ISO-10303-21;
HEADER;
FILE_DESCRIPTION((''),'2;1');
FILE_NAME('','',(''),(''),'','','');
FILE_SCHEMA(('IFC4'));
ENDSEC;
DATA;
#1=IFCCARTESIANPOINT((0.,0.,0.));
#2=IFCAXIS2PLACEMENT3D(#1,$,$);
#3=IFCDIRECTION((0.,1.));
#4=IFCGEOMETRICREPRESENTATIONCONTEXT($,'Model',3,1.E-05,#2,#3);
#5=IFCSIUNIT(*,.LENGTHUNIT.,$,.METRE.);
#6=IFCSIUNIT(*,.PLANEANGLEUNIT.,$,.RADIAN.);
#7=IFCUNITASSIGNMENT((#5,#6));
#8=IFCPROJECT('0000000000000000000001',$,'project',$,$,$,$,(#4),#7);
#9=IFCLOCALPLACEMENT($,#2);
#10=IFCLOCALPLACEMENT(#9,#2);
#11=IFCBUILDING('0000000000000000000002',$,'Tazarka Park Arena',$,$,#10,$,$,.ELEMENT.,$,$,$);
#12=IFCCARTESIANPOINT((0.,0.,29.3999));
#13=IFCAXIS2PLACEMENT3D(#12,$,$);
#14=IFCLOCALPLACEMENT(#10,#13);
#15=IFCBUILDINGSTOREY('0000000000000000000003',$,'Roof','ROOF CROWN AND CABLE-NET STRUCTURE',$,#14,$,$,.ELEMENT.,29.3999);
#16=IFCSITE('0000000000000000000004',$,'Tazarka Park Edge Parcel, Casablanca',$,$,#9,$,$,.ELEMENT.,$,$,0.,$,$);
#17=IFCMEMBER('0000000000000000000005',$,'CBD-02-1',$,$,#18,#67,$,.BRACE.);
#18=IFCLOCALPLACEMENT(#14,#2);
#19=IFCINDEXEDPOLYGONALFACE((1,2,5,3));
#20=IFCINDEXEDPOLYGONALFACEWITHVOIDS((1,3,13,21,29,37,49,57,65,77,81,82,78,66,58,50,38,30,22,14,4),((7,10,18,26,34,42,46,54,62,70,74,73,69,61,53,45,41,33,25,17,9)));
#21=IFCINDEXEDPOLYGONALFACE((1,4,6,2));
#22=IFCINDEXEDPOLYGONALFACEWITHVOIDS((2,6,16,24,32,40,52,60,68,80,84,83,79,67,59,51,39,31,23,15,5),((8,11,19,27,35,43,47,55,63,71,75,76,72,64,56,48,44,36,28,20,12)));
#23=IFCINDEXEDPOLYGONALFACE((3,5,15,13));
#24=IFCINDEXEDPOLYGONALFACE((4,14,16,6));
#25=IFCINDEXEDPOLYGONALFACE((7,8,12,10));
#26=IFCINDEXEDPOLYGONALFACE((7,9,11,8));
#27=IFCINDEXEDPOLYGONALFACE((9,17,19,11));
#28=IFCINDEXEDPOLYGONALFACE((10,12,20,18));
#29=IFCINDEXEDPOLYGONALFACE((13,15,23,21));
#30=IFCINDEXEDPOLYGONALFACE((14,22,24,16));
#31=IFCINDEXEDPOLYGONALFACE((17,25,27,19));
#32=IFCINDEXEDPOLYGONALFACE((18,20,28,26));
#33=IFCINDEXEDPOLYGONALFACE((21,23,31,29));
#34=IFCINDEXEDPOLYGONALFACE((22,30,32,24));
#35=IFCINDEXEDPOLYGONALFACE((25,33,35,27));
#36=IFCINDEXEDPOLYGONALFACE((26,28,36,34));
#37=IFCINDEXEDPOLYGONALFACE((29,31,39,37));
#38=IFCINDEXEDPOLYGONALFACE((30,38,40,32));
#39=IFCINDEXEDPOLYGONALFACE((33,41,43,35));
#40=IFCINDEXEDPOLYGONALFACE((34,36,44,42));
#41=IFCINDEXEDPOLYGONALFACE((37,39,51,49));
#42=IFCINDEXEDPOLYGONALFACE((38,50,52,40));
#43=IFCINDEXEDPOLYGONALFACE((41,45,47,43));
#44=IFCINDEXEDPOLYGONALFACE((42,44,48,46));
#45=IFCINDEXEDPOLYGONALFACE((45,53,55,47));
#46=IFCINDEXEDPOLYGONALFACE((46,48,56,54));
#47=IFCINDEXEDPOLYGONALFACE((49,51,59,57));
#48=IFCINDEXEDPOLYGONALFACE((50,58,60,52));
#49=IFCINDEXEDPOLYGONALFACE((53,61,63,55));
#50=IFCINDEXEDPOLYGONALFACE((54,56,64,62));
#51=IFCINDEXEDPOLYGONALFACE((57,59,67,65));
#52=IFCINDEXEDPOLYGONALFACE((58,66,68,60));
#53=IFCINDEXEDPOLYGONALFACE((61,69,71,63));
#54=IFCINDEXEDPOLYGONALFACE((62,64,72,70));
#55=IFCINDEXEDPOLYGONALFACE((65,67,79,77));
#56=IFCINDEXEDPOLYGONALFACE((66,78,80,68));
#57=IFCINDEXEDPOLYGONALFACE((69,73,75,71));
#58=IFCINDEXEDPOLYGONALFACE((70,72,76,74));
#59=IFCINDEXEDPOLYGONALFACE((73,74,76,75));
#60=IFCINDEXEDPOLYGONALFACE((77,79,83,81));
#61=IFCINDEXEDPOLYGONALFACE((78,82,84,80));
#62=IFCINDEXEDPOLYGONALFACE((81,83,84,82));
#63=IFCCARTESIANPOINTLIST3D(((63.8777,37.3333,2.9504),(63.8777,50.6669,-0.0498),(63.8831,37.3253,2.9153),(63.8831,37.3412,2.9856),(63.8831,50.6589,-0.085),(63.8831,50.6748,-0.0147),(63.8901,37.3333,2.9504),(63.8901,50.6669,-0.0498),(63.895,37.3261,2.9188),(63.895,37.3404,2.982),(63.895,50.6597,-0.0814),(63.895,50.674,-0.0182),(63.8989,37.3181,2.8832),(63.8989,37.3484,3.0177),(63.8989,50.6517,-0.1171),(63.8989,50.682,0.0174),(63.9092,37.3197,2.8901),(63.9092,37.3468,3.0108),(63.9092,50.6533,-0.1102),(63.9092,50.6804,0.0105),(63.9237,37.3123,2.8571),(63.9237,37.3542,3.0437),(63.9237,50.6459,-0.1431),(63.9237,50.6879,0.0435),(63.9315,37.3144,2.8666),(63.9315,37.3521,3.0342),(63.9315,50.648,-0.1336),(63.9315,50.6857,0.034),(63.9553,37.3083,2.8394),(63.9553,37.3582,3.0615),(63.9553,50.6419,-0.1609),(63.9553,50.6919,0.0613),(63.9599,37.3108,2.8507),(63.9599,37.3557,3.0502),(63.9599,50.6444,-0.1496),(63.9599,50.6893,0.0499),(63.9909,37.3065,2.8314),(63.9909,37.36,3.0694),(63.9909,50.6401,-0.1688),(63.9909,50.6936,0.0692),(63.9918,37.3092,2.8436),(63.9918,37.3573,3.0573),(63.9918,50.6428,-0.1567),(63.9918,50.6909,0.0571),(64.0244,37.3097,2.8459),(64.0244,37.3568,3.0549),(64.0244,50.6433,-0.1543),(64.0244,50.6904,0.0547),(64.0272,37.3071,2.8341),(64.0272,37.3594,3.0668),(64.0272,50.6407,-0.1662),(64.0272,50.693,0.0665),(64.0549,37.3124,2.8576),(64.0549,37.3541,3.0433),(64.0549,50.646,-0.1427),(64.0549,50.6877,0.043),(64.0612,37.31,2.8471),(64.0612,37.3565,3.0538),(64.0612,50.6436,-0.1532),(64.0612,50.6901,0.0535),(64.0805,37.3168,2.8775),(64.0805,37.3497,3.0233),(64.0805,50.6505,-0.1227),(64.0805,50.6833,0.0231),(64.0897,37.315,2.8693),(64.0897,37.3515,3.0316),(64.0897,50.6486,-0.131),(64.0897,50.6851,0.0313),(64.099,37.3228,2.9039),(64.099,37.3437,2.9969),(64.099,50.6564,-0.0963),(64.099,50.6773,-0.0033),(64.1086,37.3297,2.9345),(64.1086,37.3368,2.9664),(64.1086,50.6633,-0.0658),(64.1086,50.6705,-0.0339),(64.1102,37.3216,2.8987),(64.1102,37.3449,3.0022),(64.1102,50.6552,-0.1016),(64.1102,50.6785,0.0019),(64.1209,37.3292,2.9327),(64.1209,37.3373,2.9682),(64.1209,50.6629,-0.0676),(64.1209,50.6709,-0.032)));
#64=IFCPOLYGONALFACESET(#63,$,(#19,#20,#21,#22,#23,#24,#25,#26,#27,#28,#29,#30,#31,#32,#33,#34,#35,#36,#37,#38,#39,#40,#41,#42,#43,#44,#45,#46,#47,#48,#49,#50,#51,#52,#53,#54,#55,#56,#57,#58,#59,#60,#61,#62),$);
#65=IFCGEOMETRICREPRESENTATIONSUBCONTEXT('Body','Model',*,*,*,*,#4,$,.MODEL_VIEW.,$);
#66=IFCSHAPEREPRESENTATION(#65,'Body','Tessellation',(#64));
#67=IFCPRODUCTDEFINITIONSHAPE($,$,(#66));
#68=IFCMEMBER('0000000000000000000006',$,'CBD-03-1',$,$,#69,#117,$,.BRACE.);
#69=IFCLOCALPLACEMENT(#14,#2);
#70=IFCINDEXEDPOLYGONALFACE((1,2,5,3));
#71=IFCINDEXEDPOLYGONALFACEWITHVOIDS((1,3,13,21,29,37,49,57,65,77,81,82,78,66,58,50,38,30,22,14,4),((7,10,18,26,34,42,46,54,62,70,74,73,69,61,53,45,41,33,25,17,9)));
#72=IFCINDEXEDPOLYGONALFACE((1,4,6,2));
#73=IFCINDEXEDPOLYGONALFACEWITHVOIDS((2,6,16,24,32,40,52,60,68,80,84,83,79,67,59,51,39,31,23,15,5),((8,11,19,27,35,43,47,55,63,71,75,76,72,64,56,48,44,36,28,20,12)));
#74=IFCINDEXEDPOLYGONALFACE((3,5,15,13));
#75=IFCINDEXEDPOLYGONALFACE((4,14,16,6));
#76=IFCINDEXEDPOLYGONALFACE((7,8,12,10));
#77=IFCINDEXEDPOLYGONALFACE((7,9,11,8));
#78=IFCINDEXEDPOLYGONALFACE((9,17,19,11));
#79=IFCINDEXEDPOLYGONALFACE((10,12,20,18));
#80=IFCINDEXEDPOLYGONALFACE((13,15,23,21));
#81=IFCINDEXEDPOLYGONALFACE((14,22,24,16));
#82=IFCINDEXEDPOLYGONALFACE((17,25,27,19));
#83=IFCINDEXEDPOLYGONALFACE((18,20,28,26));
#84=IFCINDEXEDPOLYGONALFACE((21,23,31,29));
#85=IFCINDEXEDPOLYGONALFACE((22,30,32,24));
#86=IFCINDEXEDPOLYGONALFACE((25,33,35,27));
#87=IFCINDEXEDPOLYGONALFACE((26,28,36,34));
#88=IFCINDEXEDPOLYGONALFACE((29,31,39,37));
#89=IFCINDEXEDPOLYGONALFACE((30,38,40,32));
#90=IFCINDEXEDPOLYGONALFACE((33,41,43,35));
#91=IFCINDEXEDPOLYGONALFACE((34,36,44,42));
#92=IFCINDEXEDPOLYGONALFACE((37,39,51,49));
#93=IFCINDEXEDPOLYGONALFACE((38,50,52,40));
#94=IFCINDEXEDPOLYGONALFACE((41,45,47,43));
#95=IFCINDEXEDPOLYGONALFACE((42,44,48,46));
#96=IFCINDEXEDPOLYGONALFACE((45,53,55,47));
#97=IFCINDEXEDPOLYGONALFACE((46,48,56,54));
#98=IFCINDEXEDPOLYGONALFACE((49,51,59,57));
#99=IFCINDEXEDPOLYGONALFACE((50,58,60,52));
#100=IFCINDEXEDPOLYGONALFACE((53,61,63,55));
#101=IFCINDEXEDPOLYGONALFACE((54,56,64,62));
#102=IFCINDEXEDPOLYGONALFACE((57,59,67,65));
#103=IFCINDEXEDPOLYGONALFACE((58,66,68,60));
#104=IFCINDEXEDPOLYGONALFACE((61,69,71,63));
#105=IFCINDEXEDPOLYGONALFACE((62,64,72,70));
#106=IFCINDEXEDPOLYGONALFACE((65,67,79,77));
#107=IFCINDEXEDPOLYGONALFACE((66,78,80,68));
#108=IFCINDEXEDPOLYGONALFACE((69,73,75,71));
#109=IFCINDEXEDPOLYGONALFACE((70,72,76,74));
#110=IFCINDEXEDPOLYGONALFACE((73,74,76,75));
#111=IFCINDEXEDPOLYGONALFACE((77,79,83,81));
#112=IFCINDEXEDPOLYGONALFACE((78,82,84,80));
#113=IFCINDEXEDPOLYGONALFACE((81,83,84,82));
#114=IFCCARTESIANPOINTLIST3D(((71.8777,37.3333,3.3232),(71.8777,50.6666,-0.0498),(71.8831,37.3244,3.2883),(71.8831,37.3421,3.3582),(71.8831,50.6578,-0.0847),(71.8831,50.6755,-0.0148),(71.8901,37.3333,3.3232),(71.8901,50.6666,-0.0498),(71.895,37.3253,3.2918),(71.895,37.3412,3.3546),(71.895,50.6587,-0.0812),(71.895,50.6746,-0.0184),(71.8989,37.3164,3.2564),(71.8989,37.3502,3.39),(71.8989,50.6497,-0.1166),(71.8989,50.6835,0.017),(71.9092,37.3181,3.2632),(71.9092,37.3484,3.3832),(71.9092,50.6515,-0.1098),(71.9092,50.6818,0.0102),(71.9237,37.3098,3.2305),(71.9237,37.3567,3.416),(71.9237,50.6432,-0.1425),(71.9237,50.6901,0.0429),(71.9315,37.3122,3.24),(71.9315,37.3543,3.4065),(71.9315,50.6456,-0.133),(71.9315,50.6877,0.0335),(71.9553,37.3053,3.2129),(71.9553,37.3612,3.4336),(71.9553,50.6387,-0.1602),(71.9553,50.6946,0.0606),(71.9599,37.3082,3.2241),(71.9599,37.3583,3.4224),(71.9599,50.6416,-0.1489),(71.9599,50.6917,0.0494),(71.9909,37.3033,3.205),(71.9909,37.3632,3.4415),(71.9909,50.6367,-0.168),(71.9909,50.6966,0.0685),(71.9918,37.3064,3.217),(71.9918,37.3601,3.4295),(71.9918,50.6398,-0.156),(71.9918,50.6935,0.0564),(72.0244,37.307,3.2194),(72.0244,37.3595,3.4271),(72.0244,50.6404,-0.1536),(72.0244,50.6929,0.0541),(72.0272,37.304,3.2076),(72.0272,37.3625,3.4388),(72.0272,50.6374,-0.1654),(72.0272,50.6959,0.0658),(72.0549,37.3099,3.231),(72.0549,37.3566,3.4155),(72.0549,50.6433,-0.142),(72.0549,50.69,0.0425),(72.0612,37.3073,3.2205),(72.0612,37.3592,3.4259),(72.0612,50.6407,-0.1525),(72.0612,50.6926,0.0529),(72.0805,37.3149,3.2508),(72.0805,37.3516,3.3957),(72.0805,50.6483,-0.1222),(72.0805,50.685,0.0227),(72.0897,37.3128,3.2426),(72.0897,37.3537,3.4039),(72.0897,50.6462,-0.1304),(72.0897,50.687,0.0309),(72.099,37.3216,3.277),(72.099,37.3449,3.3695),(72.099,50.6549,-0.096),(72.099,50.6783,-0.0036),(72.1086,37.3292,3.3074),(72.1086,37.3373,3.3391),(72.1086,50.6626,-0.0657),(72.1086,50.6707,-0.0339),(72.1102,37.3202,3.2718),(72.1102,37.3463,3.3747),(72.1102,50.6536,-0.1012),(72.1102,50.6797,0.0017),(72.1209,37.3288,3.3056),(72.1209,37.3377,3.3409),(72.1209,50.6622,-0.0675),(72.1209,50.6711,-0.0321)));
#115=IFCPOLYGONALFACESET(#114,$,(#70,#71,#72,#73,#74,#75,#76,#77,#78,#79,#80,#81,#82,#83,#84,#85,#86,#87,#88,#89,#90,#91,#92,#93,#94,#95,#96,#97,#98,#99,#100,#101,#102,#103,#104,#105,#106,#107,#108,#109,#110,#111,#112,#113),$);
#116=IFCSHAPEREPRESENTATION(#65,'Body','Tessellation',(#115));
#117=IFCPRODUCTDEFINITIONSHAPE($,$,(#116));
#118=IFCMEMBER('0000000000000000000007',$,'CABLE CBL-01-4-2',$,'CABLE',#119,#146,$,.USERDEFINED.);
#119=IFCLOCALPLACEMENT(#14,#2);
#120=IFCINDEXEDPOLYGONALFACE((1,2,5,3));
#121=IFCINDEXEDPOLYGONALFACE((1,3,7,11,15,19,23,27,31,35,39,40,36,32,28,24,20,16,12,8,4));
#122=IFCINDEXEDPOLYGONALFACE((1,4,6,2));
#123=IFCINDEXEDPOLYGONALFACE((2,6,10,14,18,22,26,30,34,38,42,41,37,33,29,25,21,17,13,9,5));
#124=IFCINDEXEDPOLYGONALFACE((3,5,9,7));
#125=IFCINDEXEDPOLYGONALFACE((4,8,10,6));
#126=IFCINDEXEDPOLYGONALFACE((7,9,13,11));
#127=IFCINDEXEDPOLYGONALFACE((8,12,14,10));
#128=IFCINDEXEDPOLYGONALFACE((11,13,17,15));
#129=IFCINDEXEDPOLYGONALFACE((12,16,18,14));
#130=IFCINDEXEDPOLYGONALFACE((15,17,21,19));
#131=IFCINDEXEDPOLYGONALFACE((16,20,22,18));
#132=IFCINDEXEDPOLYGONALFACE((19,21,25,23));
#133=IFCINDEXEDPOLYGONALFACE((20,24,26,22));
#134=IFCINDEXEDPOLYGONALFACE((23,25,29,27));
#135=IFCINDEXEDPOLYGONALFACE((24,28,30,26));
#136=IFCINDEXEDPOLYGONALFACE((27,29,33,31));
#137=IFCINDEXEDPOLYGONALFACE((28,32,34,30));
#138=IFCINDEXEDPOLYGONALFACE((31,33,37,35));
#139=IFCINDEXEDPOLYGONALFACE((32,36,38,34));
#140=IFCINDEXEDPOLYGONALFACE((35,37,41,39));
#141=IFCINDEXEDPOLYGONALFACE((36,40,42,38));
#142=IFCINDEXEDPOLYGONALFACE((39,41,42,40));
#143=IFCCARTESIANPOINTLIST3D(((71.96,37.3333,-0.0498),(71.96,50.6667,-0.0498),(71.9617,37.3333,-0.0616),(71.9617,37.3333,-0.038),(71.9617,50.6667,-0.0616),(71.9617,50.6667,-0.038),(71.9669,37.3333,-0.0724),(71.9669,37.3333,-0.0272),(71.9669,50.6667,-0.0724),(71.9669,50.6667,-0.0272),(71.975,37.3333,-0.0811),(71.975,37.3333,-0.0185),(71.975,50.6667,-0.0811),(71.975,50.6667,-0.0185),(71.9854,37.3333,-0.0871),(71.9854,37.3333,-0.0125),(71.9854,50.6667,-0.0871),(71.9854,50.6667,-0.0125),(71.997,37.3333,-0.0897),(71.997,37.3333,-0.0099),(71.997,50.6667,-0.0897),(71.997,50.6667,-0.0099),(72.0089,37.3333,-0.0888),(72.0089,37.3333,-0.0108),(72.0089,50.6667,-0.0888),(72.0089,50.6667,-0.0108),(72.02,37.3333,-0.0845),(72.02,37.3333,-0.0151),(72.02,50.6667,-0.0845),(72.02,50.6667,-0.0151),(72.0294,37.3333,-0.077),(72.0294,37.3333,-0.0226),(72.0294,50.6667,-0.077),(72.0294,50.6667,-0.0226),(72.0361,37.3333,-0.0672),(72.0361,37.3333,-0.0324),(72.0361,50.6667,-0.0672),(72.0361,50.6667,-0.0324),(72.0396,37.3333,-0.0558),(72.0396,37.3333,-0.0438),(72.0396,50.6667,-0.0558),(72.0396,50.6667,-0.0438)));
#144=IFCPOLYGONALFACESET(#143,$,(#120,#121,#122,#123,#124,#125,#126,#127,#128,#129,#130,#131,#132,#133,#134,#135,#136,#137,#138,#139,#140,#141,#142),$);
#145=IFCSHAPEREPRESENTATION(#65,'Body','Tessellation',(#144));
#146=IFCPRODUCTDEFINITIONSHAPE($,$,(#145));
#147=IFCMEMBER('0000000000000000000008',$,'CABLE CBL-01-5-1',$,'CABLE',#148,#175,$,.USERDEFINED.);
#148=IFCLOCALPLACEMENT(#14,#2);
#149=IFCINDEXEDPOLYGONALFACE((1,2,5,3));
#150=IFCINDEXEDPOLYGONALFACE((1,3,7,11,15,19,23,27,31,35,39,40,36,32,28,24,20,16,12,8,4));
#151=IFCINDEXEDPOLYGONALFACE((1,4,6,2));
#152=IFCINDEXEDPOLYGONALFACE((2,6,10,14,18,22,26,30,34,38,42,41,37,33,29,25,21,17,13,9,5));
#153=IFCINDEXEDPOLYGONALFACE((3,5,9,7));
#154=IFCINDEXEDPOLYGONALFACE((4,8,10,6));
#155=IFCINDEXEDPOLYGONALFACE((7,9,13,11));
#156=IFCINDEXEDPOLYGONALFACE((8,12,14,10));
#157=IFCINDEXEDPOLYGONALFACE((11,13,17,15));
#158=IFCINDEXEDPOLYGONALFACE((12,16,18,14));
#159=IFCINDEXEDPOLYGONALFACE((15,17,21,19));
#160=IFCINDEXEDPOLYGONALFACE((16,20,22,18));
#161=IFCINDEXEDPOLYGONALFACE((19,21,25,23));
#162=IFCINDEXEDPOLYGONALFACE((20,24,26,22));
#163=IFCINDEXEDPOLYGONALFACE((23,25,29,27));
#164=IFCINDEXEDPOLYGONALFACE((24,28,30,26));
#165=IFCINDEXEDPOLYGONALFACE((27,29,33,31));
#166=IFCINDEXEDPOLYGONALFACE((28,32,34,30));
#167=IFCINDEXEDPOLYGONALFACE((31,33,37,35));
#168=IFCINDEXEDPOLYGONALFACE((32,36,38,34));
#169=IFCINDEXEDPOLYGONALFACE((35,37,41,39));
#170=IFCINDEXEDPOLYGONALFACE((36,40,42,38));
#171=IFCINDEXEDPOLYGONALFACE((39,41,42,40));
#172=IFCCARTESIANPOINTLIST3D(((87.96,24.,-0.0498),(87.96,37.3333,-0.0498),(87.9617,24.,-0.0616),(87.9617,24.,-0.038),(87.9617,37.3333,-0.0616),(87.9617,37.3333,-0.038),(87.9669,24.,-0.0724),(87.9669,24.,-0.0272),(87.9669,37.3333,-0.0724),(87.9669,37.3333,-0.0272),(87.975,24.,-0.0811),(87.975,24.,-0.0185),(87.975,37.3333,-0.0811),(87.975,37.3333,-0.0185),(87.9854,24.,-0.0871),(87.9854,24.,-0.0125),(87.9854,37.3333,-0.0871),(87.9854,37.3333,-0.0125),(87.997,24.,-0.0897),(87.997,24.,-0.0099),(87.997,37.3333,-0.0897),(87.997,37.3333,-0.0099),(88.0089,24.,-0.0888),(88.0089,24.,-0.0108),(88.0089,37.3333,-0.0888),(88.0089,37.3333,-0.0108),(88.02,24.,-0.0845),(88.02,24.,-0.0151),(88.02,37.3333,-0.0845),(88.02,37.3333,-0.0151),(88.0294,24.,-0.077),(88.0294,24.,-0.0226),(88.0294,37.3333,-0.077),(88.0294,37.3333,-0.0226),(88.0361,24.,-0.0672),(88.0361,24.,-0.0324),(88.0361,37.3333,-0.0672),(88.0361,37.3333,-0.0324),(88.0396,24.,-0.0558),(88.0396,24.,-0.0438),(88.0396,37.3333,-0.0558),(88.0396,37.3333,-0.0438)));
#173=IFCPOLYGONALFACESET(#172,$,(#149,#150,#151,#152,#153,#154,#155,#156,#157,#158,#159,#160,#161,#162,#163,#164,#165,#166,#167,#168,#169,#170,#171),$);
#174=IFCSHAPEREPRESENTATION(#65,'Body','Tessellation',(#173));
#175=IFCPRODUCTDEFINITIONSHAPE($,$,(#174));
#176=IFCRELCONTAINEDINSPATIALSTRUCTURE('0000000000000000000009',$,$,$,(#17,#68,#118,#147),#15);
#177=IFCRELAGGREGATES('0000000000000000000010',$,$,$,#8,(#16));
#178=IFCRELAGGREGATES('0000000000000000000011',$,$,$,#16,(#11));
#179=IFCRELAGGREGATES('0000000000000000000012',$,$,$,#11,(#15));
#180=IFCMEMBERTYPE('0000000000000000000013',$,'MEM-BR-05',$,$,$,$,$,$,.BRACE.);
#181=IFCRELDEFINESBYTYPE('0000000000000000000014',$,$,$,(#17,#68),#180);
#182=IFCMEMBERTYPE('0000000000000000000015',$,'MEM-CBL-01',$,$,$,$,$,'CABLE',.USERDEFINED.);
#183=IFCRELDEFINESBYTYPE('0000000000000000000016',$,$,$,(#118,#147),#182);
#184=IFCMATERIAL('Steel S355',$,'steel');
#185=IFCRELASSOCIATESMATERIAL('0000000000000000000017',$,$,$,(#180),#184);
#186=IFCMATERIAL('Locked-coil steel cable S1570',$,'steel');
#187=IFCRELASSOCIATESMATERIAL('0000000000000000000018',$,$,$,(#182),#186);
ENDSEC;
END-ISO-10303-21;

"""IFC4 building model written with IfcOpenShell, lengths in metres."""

from ifc_helpers import new_model, si_unit, direction, frame, origin, origin_2d, place, context, subcontext, project, spatial, circle, hollow_circle, extrude, material, material_profile, profile_set, type_object, element, save


model = new_model("IFC4")

# Units and contexts
model_context = context("Model", 3, precision=1e-05, world=origin(), true_north=direction((0.0, 1.0)))
body_context = subcontext(model_context, "Body", "Model", "MODEL_VIEW")
ifc_project = project(units=[si_unit("LENGTHUNIT", "METRE"), si_unit("PLANEANGLEUNIT", "RADIAN")], contexts=[model_context])

# Site, building, storey
site_placement = place(None, origin())
site = spatial("IfcSite", under=ifc_project, at=site_placement, Name="Tazarka Park Edge Parcel, Casablanca", CompositionType="ELEMENT", RefElevation=0.0)
building_placement = place(site_placement, origin())
building = spatial("IfcBuilding", under=site, at=building_placement, Name="Tazarka Park Arena", CompositionType="ELEMENT")
storey_placement = place(building_placement, frame((0.0, 0.0, 29.3999)))
storey = spatial("IfcBuildingStorey", under=building, at=storey_placement, Name="Roof", Description="ROOF CROWN AND CABLE-NET STRUCTURE", CompositionType="ELEMENT", Elevation=29.3999)

# Members
ifc_material_1 = material(Name="Steel S355", Category="steel")
ifc_material_profile_1 = material_profile(ifc_material_1, hollow_circle(Radius=0.1223, WallThickness=0.0125, at=origin_2d()), Name="Steel S355")
ifc_profile_set_1 = profile_set([ifc_material_profile_1], Name="Steel S355")
member_type_1 = type_object("IfcMemberType", Name="MEM-BR-05", PredefinedType="BRACE", material=ifc_profile_set_1)
member_1_placement = place(storey_placement, frame((64.0, 37.3333, 2.9504), z_axis=(0.0, 0.975607, -0.219527), x_axis=(-1.0, 0.0, 0.0)))
element("IfcMember", 1, at=member_1_placement, inside=storey, type_object=member_type_1, Name="CBD-02-1", PredefinedType="BRACE", context=body_context, shape_type="SweptSolid", body=[
    extrude(hollow_circle(Radius=0.1223, WallThickness=0.0125, at=origin_2d()), origin(), (0.0, 0.0, 1.0), 13.667),
])
member_2_placement = place(storey_placement, frame((72.0, 37.3333, 3.3232), z_axis=(0.0, 0.96946, -0.24525), x_axis=(-1.0, 0.0, 0.0)))
element("IfcMember", 2, at=member_2_placement, inside=storey, type_object=member_type_1, Name="CBD-03-1", PredefinedType="BRACE", context=body_context, shape_type="SweptSolid", body=[
    extrude(hollow_circle(Radius=0.1223, WallThickness=0.0125, at=origin_2d()), origin(), (0.0, 0.0, 1.0), 13.7534),
])
ifc_material_2 = material(Name="Locked-coil steel cable S1570", Category="steel")
ifc_material_profile_2 = material_profile(ifc_material_2, circle(Radius=0.04, at=origin_2d()), Name="Locked-coil steel cable S1570")
ifc_profile_set_2 = profile_set([ifc_material_profile_2], Name="Locked-coil steel cable S1570")
member_type_2 = type_object("IfcMemberType", Name="MEM-CBL-01", ElementType="CABLE", PredefinedType="USERDEFINED", material=ifc_profile_set_2)
member_3_placement = place(storey_placement, frame((72.0, 37.3333, -0.0498), z_axis=(0.0, 1.0, 0.0), x_axis=(-1.0, 0.0, 0.0)))
element("IfcMember", 3, at=member_3_placement, inside=storey, type_object=member_type_2, Name="CABLE CBL-01-4-2", ObjectType="CABLE", PredefinedType="USERDEFINED", context=body_context, shape_type="SweptSolid", body=[
    extrude(circle(Radius=0.04, at=origin_2d()), origin(), (0.0, 0.0, 1.0), 13.3335),
])
member_4_placement = place(storey_placement, frame((88.0, 24.0, -0.0498), z_axis=(0.0, 1.0, 0.0), x_axis=(-1.0, 0.0, 0.0)))
element("IfcMember", 4, at=member_4_placement, inside=storey, type_object=member_type_2, Name="CABLE CBL-01-5-1", ObjectType="CABLE", PredefinedType="USERDEFINED", context=body_context, shape_type="SweptSolid", body=[
    extrude(circle(Radius=0.04, at=origin_2d()), origin(), (0.0, 0.0, 1.0), 13.3333),
])

save(model, "model.ifc")
